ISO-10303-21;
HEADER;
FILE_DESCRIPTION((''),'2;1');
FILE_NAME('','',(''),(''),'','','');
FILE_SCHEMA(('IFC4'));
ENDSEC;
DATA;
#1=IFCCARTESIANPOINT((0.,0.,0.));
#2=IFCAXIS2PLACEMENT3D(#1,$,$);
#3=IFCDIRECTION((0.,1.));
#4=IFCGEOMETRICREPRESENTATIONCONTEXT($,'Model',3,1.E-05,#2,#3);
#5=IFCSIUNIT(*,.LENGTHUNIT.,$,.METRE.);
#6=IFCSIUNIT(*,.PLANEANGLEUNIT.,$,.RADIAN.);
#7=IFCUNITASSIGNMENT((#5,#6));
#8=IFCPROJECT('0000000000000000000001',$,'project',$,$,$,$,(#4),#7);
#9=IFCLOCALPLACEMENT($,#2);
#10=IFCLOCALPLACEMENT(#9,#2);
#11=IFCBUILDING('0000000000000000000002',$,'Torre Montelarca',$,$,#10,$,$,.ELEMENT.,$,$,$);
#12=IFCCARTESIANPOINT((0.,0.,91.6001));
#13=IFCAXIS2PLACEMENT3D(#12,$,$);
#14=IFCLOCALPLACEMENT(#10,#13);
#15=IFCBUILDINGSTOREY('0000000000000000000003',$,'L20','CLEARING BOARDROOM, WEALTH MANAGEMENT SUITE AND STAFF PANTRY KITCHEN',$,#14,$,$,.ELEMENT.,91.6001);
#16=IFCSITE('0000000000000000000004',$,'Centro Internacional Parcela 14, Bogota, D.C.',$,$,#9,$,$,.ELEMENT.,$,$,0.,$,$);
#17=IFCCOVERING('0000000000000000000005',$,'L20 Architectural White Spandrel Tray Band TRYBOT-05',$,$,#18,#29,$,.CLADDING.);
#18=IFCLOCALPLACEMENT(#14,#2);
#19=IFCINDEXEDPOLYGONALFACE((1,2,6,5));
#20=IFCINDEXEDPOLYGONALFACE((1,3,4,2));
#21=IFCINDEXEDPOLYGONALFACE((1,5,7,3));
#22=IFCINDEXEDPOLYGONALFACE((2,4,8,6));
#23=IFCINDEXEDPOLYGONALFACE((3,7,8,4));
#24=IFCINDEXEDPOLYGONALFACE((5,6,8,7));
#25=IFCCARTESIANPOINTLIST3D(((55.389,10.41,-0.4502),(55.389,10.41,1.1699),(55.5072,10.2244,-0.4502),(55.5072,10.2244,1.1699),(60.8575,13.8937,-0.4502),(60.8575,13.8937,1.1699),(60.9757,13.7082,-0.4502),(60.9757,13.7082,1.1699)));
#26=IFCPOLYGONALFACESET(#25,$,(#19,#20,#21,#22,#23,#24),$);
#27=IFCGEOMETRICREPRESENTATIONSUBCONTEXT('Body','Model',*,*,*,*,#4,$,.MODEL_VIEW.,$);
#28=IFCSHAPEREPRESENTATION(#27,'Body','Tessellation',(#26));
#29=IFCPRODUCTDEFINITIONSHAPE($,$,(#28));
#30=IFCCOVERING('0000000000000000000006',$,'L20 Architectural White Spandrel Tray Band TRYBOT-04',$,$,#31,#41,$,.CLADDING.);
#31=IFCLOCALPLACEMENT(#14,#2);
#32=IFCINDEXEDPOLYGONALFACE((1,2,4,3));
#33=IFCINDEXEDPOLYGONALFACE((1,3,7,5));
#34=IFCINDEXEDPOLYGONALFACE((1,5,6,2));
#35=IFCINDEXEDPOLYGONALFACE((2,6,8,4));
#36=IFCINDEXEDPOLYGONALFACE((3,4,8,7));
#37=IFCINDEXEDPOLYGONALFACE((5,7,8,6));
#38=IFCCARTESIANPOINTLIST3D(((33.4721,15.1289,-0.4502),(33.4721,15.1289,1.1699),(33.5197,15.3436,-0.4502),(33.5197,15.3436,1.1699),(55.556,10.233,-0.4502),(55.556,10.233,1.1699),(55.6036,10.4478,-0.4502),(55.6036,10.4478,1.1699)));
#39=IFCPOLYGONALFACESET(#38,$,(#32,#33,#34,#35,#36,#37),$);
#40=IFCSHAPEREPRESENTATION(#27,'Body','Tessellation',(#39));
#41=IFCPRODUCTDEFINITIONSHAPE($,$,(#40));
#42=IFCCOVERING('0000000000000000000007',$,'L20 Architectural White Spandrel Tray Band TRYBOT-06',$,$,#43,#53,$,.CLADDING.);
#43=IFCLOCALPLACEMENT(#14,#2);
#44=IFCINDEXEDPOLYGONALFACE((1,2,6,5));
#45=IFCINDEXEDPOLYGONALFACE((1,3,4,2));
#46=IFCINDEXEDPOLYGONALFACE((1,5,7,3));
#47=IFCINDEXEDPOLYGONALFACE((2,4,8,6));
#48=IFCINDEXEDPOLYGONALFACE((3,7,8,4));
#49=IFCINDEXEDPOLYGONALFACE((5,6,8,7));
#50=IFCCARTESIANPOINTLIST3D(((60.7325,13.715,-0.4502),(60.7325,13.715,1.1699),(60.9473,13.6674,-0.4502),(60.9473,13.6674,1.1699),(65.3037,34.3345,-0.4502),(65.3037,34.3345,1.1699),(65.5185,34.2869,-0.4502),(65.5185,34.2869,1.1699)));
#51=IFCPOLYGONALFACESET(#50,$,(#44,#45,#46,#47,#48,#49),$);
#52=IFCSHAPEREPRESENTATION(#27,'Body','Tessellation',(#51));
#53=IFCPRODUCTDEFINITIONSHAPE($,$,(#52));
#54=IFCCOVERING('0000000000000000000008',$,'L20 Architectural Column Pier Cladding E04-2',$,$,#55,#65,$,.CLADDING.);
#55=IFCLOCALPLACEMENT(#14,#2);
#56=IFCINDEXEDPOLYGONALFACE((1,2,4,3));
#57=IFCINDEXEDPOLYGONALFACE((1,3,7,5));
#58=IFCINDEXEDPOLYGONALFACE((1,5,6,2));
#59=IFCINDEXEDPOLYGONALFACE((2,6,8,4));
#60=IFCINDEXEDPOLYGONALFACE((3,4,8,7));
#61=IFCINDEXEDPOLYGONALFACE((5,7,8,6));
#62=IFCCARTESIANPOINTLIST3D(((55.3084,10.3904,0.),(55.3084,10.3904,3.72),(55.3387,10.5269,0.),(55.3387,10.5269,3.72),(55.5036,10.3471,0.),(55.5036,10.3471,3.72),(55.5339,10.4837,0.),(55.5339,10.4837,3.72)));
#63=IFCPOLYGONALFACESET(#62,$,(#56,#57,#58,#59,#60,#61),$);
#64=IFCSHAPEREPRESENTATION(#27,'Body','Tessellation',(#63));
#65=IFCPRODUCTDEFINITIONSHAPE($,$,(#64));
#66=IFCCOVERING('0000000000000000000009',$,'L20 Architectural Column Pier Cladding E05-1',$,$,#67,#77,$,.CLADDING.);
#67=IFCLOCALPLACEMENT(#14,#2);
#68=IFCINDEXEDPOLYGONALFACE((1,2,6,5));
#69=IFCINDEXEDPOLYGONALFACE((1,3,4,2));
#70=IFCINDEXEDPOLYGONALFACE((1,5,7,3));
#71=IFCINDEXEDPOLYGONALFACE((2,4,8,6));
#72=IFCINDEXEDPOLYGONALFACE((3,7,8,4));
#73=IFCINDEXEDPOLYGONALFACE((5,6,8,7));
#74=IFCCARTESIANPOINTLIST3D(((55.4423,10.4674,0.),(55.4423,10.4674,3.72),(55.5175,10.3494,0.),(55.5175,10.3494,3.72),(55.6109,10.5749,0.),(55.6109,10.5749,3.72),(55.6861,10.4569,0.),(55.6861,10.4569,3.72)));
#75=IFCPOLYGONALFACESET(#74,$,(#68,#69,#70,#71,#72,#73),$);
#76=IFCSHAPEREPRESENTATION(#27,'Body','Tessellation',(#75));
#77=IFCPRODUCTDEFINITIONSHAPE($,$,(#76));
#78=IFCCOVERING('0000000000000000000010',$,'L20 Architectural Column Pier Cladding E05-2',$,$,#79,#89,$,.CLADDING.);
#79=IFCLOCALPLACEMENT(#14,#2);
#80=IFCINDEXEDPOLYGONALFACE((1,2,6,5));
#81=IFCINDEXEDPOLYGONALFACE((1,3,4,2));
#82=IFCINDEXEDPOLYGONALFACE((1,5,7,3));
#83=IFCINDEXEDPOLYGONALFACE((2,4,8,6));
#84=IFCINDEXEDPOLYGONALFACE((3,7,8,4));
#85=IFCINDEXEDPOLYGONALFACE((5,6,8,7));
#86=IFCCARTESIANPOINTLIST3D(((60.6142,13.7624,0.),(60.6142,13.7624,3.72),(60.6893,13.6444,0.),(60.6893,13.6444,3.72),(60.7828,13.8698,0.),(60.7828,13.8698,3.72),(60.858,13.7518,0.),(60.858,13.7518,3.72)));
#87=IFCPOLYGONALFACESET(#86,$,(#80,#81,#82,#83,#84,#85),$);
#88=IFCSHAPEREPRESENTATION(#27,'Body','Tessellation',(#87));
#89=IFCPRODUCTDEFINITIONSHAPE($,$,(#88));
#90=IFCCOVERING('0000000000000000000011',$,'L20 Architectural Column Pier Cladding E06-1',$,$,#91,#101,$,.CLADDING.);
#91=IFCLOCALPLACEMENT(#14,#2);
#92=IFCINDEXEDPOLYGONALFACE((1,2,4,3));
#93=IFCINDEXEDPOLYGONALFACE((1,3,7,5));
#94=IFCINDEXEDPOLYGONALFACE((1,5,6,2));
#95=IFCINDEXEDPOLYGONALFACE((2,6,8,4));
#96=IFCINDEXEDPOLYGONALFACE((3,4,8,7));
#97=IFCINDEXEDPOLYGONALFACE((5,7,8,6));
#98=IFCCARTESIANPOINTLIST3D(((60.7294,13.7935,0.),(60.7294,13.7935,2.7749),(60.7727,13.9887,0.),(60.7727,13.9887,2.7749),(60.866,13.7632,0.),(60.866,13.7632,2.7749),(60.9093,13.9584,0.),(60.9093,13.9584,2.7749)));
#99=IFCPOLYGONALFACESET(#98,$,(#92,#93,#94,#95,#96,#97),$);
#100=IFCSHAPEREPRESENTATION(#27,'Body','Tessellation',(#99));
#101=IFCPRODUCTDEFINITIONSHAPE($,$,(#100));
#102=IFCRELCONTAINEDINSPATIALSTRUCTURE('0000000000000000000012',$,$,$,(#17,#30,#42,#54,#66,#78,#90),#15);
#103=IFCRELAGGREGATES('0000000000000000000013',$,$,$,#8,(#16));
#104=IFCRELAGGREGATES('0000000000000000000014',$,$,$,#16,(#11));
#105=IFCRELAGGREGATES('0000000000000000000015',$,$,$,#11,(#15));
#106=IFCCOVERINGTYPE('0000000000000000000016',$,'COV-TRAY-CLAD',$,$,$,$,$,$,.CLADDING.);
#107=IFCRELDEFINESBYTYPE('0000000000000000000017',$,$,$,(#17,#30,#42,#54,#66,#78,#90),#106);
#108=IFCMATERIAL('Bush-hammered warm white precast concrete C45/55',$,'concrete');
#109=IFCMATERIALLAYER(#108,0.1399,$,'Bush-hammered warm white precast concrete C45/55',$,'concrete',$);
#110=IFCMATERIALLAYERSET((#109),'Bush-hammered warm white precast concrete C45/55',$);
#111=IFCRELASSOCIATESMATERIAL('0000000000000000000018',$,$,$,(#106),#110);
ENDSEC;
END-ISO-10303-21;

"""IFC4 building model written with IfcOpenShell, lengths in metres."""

from ifc_helpers import new_model, si_unit, direction, frame, origin, origin_2d, place, context, subcontext, project, spatial, rectangle, extrude, source, transform, mapped, material, layer, layer_set, type_object, element, save


model = new_model("IFC4")

# Units and contexts
model_context = context("Model", 3, precision=1e-05, world=origin(), true_north=direction((0.0, 1.0)))
body_context = subcontext(model_context, "Body", "Model", "MODEL_VIEW")
ifc_project = project(units=[si_unit("LENGTHUNIT", "METRE"), si_unit("PLANEANGLEUNIT", "RADIAN")], contexts=[model_context])

# Site, building, storey
site_placement = place(None, origin())
site = spatial("IfcSite", under=ifc_project, at=site_placement, Name="Centro Internacional Parcela 14, Bogota, D.C.", CompositionType="ELEMENT", RefElevation=0.0)
building_placement = place(site_placement, origin())
building = spatial("IfcBuilding", under=site, at=building_placement, Name="Torre Montelarca", CompositionType="ELEMENT")
storey_placement = place(building_placement, frame((0.0, 0.0, 91.6001)))
storey = spatial("IfcBuildingStorey", under=building, at=storey_placement, Name="L20", Description="CLEARING BOARDROOM, WEALTH MANAGEMENT SUITE AND STAFF PANTRY KITCHEN", CompositionType="ELEMENT", Elevation=91.6001)

# Coverings
ifc_material_1 = material(Name="Bush-hammered warm white precast concrete C45/55", Category="concrete")
ifc_layer_1 = layer(ifc_material_1, 0.1399, Name="Bush-hammered warm white precast concrete C45/55", Category="concrete")
ifc_layer_set_1 = layer_set([ifc_layer_1], Name="Bush-hammered warm white precast concrete C45/55")
covering_type = type_object("IfcCoveringType", Name="COV-TRAY-CLAD", PredefinedType="CLADDING", material=ifc_layer_set_1)
shared_shape_1 = source(origin(), body_context, "Body", "SweptSolid", [
    extrude(rectangle(XDim=6.4839, YDim=0.22, at=origin_2d()), origin(), (0.0, 0.0, 1.0), 1.6201),
])
covering_1_placement = place(storey_placement, frame((58.1824, 12.0591, -0.4502), z_axis=(0.0, 0.0, 1.0), x_axis=(0.843395, 0.537294, 0.0)))
element("IfcCovering", 1, at=covering_1_placement, inside=storey, type_object=covering_type, Name="L20 Architectural White Spandrel Tray Band TRYBOT-05", PredefinedType="CLADDING", context=body_context, shape_type="MappedRepresentation", body=[
    mapped(shared_shape_1, transform((0.0, 0.0, 0.0), scale=1.0)),
])
shared_shape_2 = source(origin(), body_context, "Body", "SweptSolid", [
    extrude(rectangle(XDim=22.6201, YDim=0.22, at=origin_2d()), origin(), (0.0, 0.0, 1.0), 1.6201),
])
covering_2_placement = place(storey_placement, frame((44.5378, 12.7883, -0.4502), z_axis=(0.0, 0.0, 1.0), x_axis=(0.976297, -0.216436, 0.0)))
element("IfcCovering", 2, at=covering_2_placement, inside=storey, type_object=covering_type, Name="L20 Architectural White Spandrel Tray Band TRYBOT-04", PredefinedType="CLADDING", context=body_context, shape_type="MappedRepresentation", body=[
    mapped(shared_shape_2, transform((0.0, 0.0, 0.0), scale=1.0)),
])
shared_shape_3 = source(origin(), body_context, "Body", "SweptSolid", [
    extrude(rectangle(XDim=21.1201, YDim=0.22, at=origin_2d()), origin(), (0.0, 0.0, 1.0), 1.6201),
])
covering_3_placement = place(storey_placement, frame((63.1255, 24.001, -0.4502), z_axis=(0.0, 0.0, 1.0), x_axis=(0.216438, 0.976296, 0.0)))
element("IfcCovering", 3, at=covering_3_placement, inside=storey, type_object=covering_type, Name="L20 Architectural White Spandrel Tray Band TRYBOT-06", PredefinedType="CLADDING", context=body_context, shape_type="MappedRepresentation", body=[
    mapped(shared_shape_3, transform((0.0, 0.0, 0.0), scale=1.0)),
])
shared_shape_4 = source(origin(), body_context, "Body", "SweptSolid", [
    extrude(rectangle(XDim=0.2, YDim=0.1399, at=origin_2d()), origin(), (0.0, 0.0, 1.0), 3.72),
])
for number, where, z_axis, x_axis, name in (
    (4, (55.4211, 10.437, 0.0), (0.0, 0.0, 1.0), (0.976298, -0.216433, 0.0), "L20 Architectural Column Pier Cladding E04-2"),
    (5, (55.5642, 10.4622, 0.0), (0.0, 0.0, 1.0), (0.84339, 0.537303, 0.0), "L20 Architectural Column Pier Cladding E05-1"),
    (6, (60.7361, 13.7571, 0.0), (0.0, 0.0, 1.0), (0.84339, 0.537303, 0.0), "L20 Architectural Column Pier Cladding E05-2"),
):
    element("IfcCovering", number, at=place(storey_placement, frame(where, z_axis=z_axis, x_axis=x_axis)), inside=storey, type_object=covering_type, Name=name, PredefinedType="CLADDING", context=body_context, shape_type="MappedRepresentation", body=[
        mapped(shared_shape_4, transform((0.0, 0.0, 0.0), scale=1.0)),
    ])
shared_shape_5 = source(origin(), body_context, "Body", "SweptSolid", [
    extrude(rectangle(XDim=0.2, YDim=0.1399, at=origin_2d()), origin(), (0.0, 0.0, 1.0), 2.7749),
])
covering_4_placement = place(storey_placement, frame((60.8193, 13.876, 0.0), z_axis=(0.0, 0.0, 1.0), x_axis=(0.216438, 0.976296, 0.0)))
element("IfcCovering", 7, at=covering_4_placement, inside=storey, type_object=covering_type, Name="L20 Architectural Column Pier Cladding E06-1", PredefinedType="CLADDING", context=body_context, shape_type="MappedRepresentation", body=[
    mapped(shared_shape_5, transform((0.0, 0.0, 0.0), scale=1.0)),
])

save(model, "model.ifc")
